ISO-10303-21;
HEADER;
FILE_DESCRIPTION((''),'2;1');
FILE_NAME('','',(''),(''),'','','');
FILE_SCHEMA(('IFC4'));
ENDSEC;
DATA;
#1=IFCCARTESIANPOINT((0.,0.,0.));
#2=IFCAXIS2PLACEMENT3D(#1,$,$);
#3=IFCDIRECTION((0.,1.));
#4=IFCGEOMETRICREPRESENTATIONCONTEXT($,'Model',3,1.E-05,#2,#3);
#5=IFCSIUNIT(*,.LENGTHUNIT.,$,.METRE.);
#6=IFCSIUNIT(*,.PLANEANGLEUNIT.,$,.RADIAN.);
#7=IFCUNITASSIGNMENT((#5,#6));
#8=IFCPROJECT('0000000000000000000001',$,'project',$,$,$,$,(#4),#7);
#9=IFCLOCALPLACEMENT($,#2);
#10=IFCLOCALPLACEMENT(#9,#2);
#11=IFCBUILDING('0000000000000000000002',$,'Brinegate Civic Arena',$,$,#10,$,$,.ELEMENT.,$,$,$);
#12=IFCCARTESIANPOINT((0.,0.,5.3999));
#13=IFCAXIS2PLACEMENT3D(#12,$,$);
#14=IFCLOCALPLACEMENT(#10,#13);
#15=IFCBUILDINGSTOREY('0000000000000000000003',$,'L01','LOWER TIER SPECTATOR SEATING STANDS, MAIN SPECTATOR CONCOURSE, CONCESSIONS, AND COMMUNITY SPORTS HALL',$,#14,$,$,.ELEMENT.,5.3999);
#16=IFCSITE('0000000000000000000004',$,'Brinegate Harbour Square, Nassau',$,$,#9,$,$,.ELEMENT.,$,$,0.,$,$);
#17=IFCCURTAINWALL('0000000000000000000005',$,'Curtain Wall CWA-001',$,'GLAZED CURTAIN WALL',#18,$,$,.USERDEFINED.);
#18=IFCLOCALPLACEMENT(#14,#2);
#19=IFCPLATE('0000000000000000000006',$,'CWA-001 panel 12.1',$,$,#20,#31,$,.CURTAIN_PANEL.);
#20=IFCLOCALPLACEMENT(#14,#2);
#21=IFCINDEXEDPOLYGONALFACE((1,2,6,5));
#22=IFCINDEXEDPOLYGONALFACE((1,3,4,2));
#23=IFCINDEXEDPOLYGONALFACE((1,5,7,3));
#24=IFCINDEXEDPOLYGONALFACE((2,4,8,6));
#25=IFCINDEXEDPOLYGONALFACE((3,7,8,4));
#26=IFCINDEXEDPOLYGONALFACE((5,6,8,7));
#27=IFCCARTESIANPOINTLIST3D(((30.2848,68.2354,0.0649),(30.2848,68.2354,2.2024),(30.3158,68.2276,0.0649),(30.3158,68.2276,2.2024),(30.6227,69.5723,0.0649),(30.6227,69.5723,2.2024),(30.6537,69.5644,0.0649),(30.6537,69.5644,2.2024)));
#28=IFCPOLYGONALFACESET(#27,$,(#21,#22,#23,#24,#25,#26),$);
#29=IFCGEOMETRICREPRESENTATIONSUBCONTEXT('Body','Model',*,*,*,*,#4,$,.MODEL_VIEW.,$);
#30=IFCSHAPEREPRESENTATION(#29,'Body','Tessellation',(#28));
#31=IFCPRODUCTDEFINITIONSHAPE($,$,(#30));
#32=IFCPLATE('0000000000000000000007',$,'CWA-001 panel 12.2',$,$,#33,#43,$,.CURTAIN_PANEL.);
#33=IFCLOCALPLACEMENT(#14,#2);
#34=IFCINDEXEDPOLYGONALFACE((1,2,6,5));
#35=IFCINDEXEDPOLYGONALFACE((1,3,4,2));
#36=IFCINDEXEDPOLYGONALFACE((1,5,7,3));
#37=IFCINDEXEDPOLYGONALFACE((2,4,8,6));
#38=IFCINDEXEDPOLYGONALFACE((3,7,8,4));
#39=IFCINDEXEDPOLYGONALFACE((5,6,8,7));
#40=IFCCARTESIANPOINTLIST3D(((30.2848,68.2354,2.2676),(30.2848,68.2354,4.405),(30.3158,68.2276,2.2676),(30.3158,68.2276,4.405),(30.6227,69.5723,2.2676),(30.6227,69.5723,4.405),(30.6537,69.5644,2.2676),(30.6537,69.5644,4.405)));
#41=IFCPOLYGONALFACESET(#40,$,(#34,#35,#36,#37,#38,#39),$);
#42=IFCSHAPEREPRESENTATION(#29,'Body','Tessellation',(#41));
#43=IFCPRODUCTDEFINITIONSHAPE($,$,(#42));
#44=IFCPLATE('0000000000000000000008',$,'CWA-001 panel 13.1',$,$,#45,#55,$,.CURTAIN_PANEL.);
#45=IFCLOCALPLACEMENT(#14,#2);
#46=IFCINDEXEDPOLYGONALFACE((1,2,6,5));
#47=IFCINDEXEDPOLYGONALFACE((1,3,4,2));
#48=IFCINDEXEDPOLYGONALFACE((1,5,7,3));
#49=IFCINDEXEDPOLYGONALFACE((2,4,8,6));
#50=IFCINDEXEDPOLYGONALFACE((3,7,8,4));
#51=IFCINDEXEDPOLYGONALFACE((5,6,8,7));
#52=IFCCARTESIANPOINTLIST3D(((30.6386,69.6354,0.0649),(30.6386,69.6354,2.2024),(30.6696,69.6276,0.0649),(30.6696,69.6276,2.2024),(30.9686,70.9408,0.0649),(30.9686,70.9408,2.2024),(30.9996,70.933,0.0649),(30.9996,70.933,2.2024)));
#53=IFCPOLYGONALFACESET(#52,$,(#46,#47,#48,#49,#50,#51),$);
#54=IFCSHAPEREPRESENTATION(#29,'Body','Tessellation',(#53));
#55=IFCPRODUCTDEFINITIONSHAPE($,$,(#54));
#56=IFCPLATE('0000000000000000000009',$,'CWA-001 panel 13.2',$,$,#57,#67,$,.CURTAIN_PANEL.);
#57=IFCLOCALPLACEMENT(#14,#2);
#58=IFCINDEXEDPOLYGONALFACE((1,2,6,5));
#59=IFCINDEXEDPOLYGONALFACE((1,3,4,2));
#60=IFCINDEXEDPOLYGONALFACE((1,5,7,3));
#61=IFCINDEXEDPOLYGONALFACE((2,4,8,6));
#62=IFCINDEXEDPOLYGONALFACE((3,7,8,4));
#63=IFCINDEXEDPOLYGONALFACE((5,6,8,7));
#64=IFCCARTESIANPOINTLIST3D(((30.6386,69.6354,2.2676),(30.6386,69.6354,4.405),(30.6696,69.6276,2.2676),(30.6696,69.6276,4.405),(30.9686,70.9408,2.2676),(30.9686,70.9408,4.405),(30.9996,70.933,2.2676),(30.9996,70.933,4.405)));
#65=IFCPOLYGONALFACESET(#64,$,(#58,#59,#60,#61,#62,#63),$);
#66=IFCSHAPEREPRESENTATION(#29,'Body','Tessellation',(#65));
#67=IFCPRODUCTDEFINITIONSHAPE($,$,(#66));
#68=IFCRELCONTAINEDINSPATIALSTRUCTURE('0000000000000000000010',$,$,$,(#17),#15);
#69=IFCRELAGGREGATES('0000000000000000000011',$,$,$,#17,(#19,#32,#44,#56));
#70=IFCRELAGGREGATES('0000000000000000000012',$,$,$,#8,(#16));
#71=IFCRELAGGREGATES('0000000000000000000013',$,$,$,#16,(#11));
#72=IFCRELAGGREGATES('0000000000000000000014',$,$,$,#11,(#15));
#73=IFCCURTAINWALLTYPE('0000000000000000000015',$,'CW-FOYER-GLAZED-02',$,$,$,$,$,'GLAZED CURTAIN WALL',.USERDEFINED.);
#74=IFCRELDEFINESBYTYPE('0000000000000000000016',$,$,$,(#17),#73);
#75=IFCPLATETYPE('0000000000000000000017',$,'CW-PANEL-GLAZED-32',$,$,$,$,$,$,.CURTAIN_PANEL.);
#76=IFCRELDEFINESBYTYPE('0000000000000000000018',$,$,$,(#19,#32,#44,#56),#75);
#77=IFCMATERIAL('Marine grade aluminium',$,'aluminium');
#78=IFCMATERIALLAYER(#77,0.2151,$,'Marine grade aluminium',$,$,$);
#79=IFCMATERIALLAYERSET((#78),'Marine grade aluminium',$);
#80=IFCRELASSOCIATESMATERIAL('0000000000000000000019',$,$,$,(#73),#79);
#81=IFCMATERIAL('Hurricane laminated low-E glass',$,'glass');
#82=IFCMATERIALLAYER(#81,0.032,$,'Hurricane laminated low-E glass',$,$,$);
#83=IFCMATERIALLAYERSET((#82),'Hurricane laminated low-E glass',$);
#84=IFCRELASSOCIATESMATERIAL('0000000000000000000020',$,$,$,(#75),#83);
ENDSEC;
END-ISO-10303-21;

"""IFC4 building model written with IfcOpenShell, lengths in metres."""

from ifc_helpers import new_model, si_unit, direction, frame, origin, origin_2d, place, context, subcontext, project, spatial, rectangle, extrude, material, layer, layer_set, type_object, element, aggregate, save


model = new_model("IFC4")

# Units and contexts
model_context = context("Model", 3, precision=1e-05, world=origin(), true_north=direction((0.0, 1.0)))
body_context = subcontext(model_context, "Body", "Model", "MODEL_VIEW")
ifc_project = project(units=[si_unit("LENGTHUNIT", "METRE"), si_unit("PLANEANGLEUNIT", "RADIAN")], contexts=[model_context])

# Site, building, storey
site_placement = place(None, origin())
site = spatial("IfcSite", under=ifc_project, at=site_placement, Name="Brinegate Harbour Square, Nassau", CompositionType="ELEMENT", RefElevation=0.0)
building_placement = place(site_placement, origin())
building = spatial("IfcBuilding", under=site, at=building_placement, Name="Brinegate Civic Arena", CompositionType="ELEMENT")
storey_placement = place(building_placement, frame((0.0, 0.0, 5.3999)))
storey = spatial("IfcBuildingStorey", under=building, at=storey_placement, Name="L01", Description="LOWER TIER SPECTATOR SEATING STANDS, MAIN SPECTATOR CONCOURSE, CONCESSIONS, AND COMMUNITY SPORTS HALL", CompositionType="ELEMENT", Elevation=5.3999)

# Curtain wall, plates
ifc_material_1 = material(Name="Marine grade aluminium", Category="aluminium")
ifc_layer_1 = layer(ifc_material_1, 0.2151, Name="Marine grade aluminium")
ifc_layer_set_1 = layer_set([ifc_layer_1], Name="Marine grade aluminium")
curtain_wall_type = type_object("IfcCurtainWallType", Name="CW-FOYER-GLAZED-02", ElementType="GLAZED CURTAIN WALL", PredefinedType="USERDEFINED", material=ifc_layer_set_1)
curtain_wall_placement = place(storey_placement, origin())
curtain_wall = element("IfcCurtainWall", 1, at=curtain_wall_placement, inside=storey, type_object=curtain_wall_type, Name="Curtain Wall CWA-001", ObjectType="GLAZED CURTAIN WALL", PredefinedType="USERDEFINED")
ifc_material_2 = material(Name="Hurricane laminated low-E glass", Category="glass")
ifc_layer_2 = layer(ifc_material_2, 0.032, Name="Hurricane laminated low-E glass")
ifc_layer_set_2 = layer_set([ifc_layer_2], Name="Hurricane laminated low-E glass")
plate_type = type_object("IfcPlateType", Name="CW-PANEL-GLAZED-32", PredefinedType="CURTAIN_PANEL", material=ifc_layer_set_2)
plate_1_placement = place(storey_placement, frame((30.4692, 68.8999, 0.0649), z_axis=(0.0, 0.0, 1.0), x_axis=(0.245042, 0.969513, 0.0)))
plate_1 = element("IfcPlate", 2, at=plate_1_placement, type_object=plate_type, Name="CWA-001 panel 12.1", PredefinedType="CURTAIN_PANEL", context=body_context, shape_type="SweptSolid", body=[
    extrude(rectangle(XDim=1.3789, YDim=0.032, at=origin_2d()), origin(), (0.0, 0.0, 1.0), 2.1375),
])
plate_2_placement = place(storey_placement, frame((30.4692, 68.8999, 2.2676), z_axis=(0.0, 0.0, 1.0), x_axis=(0.245042, 0.969513, 0.0)))
plate_2 = element("IfcPlate", 3, at=plate_2_placement, type_object=plate_type, Name="CWA-001 panel 12.2", PredefinedType="CURTAIN_PANEL", context=body_context, shape_type="SweptSolid", body=[
    extrude(rectangle(XDim=1.3789, YDim=0.032, at=origin_2d()), origin(), (0.0, 0.0, 1.0), 2.1375),
])
plate_3_placement = place(storey_placement, frame((30.8191, 70.2842, 0.0649), z_axis=(0.0, 0.0, 1.0), x_axis=(0.245042, 0.969513, 0.0)))
plate_3 = element("IfcPlate", 4, at=plate_3_placement, type_object=plate_type, Name="CWA-001 panel 13.1", PredefinedType="CURTAIN_PANEL", context=body_context, shape_type="SweptSolid", body=[
    extrude(rectangle(XDim=1.3464, YDim=0.032, at=origin_2d()), origin(), (0.0, 0.0, 1.0), 2.1375),
])
plate_4_placement = place(storey_placement, frame((30.8191, 70.2842, 2.2676), z_axis=(0.0, 0.0, 1.0), x_axis=(0.245042, 0.969513, 0.0)))
plate_4 = element("IfcPlate", 5, at=plate_4_placement, type_object=plate_type, Name="CWA-001 panel 13.2", PredefinedType="CURTAIN_PANEL", context=body_context, shape_type="SweptSolid", body=[
    extrude(rectangle(XDim=1.3464, YDim=0.032, at=origin_2d()), origin(), (0.0, 0.0, 1.0), 2.1375),
])
aggregate(curtain_wall, [plate_1, plate_2, plate_3, plate_4])

save(model, "model.ifc")
